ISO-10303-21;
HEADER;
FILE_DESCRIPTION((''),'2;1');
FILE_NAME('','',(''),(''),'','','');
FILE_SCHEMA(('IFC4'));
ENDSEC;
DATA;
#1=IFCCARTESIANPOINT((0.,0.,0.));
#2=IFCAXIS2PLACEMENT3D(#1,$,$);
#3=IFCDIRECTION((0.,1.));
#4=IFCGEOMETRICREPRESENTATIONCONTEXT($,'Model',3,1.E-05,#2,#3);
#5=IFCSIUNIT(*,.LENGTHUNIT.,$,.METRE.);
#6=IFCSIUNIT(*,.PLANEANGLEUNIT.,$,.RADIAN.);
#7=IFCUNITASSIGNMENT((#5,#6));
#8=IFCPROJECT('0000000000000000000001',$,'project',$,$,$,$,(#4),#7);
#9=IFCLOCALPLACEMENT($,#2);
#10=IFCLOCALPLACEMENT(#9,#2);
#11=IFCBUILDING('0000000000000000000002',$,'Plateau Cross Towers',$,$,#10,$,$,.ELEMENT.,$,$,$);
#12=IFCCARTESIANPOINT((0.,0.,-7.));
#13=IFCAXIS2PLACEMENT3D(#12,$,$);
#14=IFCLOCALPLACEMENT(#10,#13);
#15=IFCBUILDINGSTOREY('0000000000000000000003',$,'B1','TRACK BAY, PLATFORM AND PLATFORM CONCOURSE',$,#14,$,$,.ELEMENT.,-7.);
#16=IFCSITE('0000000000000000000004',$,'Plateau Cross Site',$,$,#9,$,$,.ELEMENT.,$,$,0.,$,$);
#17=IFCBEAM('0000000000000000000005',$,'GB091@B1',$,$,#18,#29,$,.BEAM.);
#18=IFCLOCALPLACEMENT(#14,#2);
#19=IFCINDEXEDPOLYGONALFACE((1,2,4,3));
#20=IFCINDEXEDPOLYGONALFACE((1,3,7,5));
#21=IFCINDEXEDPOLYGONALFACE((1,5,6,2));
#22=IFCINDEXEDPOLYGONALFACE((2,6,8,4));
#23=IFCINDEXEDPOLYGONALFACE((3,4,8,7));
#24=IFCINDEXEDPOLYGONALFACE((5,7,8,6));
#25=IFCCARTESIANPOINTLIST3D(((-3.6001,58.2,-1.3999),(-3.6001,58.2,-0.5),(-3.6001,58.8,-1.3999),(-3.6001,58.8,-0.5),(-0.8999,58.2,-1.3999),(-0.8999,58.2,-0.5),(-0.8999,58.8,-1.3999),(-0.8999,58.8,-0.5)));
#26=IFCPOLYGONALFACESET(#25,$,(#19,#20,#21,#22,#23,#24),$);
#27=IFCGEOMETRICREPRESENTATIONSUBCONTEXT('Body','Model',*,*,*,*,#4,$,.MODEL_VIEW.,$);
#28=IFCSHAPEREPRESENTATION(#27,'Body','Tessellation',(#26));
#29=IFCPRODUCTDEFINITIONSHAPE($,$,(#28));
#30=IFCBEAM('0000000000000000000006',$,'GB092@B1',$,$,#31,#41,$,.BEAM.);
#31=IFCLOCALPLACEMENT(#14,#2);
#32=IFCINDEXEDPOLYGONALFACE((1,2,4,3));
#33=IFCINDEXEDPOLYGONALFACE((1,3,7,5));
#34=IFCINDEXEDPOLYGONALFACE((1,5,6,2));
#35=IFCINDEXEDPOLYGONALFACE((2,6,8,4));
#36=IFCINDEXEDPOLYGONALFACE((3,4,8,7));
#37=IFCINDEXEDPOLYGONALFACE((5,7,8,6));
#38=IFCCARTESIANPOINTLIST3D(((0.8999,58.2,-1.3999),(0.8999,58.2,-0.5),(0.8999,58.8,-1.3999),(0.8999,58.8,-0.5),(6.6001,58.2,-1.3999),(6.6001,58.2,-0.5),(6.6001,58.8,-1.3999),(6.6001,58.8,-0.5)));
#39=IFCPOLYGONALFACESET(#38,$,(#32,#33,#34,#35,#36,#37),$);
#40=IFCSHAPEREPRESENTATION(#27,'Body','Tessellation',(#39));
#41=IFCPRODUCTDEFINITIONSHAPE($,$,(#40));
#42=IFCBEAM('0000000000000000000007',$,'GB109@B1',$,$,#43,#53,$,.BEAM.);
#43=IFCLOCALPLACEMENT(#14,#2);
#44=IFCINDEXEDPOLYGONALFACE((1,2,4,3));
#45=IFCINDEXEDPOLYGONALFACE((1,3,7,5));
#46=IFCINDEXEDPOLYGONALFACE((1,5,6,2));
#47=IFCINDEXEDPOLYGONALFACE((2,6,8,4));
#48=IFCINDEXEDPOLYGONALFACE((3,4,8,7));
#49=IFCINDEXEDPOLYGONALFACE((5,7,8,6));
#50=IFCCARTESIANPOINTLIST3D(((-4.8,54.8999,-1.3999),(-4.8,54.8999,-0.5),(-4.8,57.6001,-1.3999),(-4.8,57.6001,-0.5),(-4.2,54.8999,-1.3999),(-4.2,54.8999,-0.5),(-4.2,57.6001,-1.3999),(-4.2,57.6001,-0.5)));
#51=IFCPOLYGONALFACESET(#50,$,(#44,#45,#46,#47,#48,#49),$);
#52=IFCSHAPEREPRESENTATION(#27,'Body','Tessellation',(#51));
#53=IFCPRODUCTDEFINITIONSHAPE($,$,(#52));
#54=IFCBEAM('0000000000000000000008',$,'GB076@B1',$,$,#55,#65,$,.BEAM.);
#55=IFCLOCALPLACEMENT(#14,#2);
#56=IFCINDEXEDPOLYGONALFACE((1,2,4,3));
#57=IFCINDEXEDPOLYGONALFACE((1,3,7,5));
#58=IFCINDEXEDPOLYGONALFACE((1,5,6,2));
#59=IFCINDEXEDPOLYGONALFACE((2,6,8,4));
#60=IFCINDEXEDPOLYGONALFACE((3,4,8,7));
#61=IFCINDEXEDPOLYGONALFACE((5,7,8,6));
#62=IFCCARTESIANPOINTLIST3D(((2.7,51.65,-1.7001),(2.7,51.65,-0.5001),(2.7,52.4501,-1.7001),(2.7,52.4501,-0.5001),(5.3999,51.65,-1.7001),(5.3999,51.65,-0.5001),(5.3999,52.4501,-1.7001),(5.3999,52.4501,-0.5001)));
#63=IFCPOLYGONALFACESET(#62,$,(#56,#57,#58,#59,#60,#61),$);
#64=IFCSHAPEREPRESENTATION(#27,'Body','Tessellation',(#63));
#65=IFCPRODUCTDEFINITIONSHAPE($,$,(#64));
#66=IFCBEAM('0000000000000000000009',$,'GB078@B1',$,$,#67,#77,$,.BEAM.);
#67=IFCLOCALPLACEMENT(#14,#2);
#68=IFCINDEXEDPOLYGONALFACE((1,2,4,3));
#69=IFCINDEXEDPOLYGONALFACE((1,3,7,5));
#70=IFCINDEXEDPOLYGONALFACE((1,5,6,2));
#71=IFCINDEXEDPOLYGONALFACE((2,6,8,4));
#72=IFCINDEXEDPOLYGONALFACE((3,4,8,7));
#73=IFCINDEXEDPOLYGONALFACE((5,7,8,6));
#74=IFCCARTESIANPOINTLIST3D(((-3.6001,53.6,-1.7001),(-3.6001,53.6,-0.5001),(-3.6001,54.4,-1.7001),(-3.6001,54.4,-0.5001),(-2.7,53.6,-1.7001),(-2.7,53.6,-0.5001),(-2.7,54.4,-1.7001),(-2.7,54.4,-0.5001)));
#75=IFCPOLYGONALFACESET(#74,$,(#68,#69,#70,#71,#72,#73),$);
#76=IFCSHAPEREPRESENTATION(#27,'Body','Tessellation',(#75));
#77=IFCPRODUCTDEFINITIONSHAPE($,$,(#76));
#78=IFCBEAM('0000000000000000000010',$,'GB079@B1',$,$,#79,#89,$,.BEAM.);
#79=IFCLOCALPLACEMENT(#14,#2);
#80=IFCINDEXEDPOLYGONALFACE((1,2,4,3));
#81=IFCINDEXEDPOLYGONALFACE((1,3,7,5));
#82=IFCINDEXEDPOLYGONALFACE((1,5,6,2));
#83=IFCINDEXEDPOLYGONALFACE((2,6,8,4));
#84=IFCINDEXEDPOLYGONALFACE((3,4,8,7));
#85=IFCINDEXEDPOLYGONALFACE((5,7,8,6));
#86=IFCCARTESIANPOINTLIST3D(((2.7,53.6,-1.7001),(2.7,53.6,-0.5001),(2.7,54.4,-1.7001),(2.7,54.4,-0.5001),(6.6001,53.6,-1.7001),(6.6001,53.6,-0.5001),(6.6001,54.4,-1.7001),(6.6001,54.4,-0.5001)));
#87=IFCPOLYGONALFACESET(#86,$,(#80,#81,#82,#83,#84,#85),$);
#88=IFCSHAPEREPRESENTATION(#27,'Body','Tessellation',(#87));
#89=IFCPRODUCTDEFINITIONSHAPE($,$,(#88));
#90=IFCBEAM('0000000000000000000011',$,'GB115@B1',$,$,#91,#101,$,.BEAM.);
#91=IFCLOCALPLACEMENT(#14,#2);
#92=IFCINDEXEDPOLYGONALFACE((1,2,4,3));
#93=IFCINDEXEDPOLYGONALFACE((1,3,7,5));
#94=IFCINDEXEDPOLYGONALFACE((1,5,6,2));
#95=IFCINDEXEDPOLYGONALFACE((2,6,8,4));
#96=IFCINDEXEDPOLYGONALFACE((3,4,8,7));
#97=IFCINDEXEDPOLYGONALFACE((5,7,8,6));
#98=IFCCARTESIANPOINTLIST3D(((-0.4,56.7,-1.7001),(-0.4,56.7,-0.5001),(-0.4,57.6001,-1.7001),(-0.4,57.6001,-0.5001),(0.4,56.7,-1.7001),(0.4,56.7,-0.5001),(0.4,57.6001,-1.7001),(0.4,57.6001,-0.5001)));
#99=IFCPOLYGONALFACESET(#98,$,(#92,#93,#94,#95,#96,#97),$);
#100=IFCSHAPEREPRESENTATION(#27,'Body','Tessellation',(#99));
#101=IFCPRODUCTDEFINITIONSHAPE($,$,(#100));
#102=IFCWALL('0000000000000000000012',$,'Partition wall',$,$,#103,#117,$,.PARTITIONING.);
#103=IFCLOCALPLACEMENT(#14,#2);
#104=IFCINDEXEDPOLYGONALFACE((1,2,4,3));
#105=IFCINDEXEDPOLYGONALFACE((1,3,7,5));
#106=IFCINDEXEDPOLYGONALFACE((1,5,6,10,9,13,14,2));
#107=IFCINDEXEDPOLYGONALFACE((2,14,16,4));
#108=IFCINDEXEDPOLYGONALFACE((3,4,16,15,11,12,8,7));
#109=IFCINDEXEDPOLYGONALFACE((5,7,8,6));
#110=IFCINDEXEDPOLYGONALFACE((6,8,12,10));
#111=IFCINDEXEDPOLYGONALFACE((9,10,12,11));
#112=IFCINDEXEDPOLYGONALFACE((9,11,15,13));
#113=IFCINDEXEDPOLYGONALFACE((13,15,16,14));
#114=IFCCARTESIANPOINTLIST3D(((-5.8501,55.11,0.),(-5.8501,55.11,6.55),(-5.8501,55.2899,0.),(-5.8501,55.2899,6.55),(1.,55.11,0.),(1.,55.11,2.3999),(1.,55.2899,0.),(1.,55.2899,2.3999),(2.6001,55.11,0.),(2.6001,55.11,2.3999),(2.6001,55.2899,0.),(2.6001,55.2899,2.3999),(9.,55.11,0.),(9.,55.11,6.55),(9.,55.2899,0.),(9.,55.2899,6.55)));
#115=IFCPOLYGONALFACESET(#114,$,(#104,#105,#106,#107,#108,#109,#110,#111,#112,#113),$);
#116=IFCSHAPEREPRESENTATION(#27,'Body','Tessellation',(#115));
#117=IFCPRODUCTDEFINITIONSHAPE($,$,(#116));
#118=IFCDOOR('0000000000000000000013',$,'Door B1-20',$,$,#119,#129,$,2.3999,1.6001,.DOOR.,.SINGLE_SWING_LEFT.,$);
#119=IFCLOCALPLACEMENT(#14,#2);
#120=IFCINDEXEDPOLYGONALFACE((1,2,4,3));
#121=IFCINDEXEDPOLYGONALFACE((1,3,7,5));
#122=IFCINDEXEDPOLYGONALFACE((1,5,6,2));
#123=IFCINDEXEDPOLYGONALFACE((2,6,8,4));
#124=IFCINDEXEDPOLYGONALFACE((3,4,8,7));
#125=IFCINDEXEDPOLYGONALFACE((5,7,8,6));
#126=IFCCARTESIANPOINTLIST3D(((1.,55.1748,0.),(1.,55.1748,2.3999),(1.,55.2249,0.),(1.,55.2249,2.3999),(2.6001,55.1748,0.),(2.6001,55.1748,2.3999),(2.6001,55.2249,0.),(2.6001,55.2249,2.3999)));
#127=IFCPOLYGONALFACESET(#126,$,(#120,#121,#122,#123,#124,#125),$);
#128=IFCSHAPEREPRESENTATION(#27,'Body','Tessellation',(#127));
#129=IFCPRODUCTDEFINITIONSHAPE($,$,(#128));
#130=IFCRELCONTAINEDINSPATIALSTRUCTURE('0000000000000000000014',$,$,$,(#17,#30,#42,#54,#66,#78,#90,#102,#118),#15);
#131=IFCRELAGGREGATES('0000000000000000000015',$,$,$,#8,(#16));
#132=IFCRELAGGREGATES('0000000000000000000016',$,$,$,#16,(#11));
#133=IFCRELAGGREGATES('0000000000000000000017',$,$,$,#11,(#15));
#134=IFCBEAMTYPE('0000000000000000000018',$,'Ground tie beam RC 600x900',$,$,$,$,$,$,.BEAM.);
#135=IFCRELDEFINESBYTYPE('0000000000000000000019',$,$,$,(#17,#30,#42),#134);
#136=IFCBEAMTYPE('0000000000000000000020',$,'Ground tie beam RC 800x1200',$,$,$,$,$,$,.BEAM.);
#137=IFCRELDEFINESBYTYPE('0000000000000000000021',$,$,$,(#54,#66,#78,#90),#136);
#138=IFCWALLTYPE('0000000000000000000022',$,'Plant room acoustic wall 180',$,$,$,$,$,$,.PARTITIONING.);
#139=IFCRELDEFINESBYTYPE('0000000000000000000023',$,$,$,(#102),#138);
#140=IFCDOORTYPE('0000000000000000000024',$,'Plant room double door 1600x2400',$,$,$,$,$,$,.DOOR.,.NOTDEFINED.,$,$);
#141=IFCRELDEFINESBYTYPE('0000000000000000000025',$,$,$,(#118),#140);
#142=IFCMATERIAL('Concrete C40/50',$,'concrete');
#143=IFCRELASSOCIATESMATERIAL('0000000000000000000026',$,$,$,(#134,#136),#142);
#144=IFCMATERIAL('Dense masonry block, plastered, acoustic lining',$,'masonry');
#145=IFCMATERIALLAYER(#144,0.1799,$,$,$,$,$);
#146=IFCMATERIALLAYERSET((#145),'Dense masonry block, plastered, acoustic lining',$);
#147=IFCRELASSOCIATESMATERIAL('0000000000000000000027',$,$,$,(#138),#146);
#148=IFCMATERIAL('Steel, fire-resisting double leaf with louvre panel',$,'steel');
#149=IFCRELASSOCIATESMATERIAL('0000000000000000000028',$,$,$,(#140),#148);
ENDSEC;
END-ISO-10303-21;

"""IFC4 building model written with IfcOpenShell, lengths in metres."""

from ifc_helpers import new_model, si_unit, direction, frame, frame_2d, origin, origin_2d, place, context, subcontext, project, spatial, rectangle, extrude, material, layer, layer_set, material_profile, profile_set, type_object, element, fill, save


model = new_model("IFC4")

# Units and contexts
model_context = context("Model", 3, precision=1e-05, world=origin(), true_north=direction((0.0, 1.0)))
body_context = subcontext(model_context, "Body", "Model", "MODEL_VIEW")
ifc_project = project(units=[si_unit("LENGTHUNIT", "METRE"), si_unit("PLANEANGLEUNIT", "RADIAN")], contexts=[model_context])

# Site, building, storey
site_placement = place(None, origin())
site = spatial("IfcSite", under=ifc_project, at=site_placement, Name="Plateau Cross Site", CompositionType="ELEMENT", RefElevation=0.0)
building_placement = place(site_placement, origin())
building = spatial("IfcBuilding", under=site, at=building_placement, Name="Plateau Cross Towers", CompositionType="ELEMENT")
storey_placement = place(building_placement, frame((0.0, 0.0, -7.0)))
storey = spatial("IfcBuildingStorey", under=building, at=storey_placement, Name="B1", Description="TRACK BAY, PLATFORM AND PLATFORM CONCOURSE", CompositionType="ELEMENT", Elevation=-7.0)

# Shared definitions
ifc_material_1 = material(Name="Concrete C40/50", Category="concrete")

# Beams
ifc_material_profile_1 = material_profile(ifc_material_1, rectangle(XDim=0.6001, YDim=0.8999, at=origin_2d()), Name="RC 600x900")
ifc_profile_set_1 = profile_set([ifc_material_profile_1], Name="Concrete C40/50")
beam_type_1 = type_object("IfcBeamType", Name="Ground tie beam RC 600x900", PredefinedType="BEAM", material=ifc_profile_set_1)
beam_1_placement = place(storey_placement, frame((-3.6001, 58.5, -0.95), z_axis=(1.0, 0.0, 0.0), x_axis=(0.0, 1.0, 0.0)))
element("IfcBeam", 1, at=beam_1_placement, inside=storey, type_object=beam_type_1, Name="GB091@B1", PredefinedType="BEAM", context=body_context, shape_type="SweptSolid", body=[
    extrude(rectangle(XDim=0.6001, YDim=0.8999, at=origin_2d()), origin(), (0.0, 0.0, 1.0), 2.7002),
])
beam_2_placement = place(storey_placement, frame((0.8999, 58.5, -0.95), z_axis=(1.0, 0.0, 0.0), x_axis=(0.0, 1.0, 0.0)))
element("IfcBeam", 2, at=beam_2_placement, inside=storey, type_object=beam_type_1, Name="GB092@B1", PredefinedType="BEAM", context=body_context, shape_type="SweptSolid", body=[
    extrude(rectangle(XDim=0.6001, YDim=0.8999, at=origin_2d()), origin(), (0.0, 0.0, 1.0), 5.7002),
])
beam_3_placement = place(storey_placement, frame((-4.5, 54.8999, -0.95), z_axis=(0.0, 1.0, 0.0), x_axis=(-1.0, 0.0, 0.0)))
element("IfcBeam", 3, at=beam_3_placement, inside=storey, type_object=beam_type_1, Name="GB109@B1", PredefinedType="BEAM", context=body_context, shape_type="SweptSolid", body=[
    extrude(rectangle(XDim=0.6001, YDim=0.8999, at=origin_2d()), origin(), (0.0, 0.0, 1.0), 2.7002),
])
ifc_material_profile_2 = material_profile(ifc_material_1, rectangle(XDim=0.8, YDim=1.2, at=origin_2d()), Name="RC 800x1200")
ifc_profile_set_2 = profile_set([ifc_material_profile_2], Name="Concrete C40/50")
beam_type_2 = type_object("IfcBeamType", Name="Ground tie beam RC 800x1200", PredefinedType="BEAM", material=ifc_profile_set_2)
beam_4_placement = place(storey_placement, frame((2.7, 52.05, -1.1001), z_axis=(1.0, 0.0, 0.0), x_axis=(0.0, 1.0, 0.0)))
element("IfcBeam", 4, at=beam_4_placement, inside=storey, type_object=beam_type_2, Name="GB076@B1", PredefinedType="BEAM", context=body_context, shape_type="SweptSolid", body=[
    extrude(rectangle(XDim=0.8, YDim=1.2, at=origin_2d()), origin(), (0.0, 0.0, 1.0), 2.7),
])
beam_5_placement = place(storey_placement, frame((-3.6001, 54.0, -1.1001), z_axis=(1.0, 0.0, 0.0), x_axis=(0.0, 1.0, 0.0)))
element("IfcBeam", 5, at=beam_5_placement, inside=storey, type_object=beam_type_2, Name="GB078@B1", PredefinedType="BEAM", context=body_context, shape_type="SweptSolid", body=[
    extrude(rectangle(XDim=0.8, YDim=1.2, at=origin_2d()), origin(), (0.0, 0.0, 1.0), 0.9001),
])
beam_6_placement = place(storey_placement, frame((2.7, 54.0, -1.1001), z_axis=(1.0, 0.0, 0.0), x_axis=(0.0, 1.0, 0.0)))
element("IfcBeam", 6, at=beam_6_placement, inside=storey, type_object=beam_type_2, Name="GB079@B1", PredefinedType="BEAM", context=body_context, shape_type="SweptSolid", body=[
    extrude(rectangle(XDim=0.8, YDim=1.2, at=origin_2d()), origin(), (0.0, 0.0, 1.0), 3.9001),
])
beam_7_placement = place(storey_placement, frame((0.0, 56.7, -1.1001), z_axis=(0.0, 1.0, 0.0), x_axis=(-1.0, 0.0, 0.0)))
element("IfcBeam", 7, at=beam_7_placement, inside=storey, type_object=beam_type_2, Name="GB115@B1", PredefinedType="BEAM", context=body_context, shape_type="SweptSolid", body=[
    extrude(rectangle(XDim=0.8, YDim=1.2, at=origin_2d()), origin(), (0.0, 0.0, 1.0), 0.9001),
])

# Wall, opening, door
ifc_material_2 = material(Name="Dense masonry block, plastered, acoustic lining", Category="masonry")
ifc_layer = layer(ifc_material_2, 0.1799)
ifc_layer_set = layer_set([ifc_layer], Name="Dense masonry block, plastered, acoustic lining")
wall_type = type_object("IfcWallType", Name="Plant room acoustic wall 180", PredefinedType="PARTITIONING", material=ifc_layer_set)
wall_placement = place(storey_placement, frame((-5.8501, 55.2, 0.0), z_axis=(0.0, 0.0, 1.0), x_axis=(1.0, 0.0, 0.0)))
wall = element("IfcWall", 8, at=wall_placement, inside=storey, type_object=wall_type, Name="Partition wall", PredefinedType="PARTITIONING", context=body_context, shape_type="SweptSolid", body=[
    extrude(rectangle(XDim=14.8501, YDim=0.1799, at=frame_2d((7.425, 0.0))), origin(), (0.0, 0.0, 1.0), 6.55),
])
opening_placement = place(wall_placement, frame((6.8501, 0.0, 0.0)))
opening = element("IfcOpeningElement", 9, at=opening_placement, cuts=wall, PredefinedType="OPENING", context=body_context, shape_type="SweptSolid", body=[
    extrude(rectangle(XDim=1.6001, YDim=2.3999, at=frame_2d((0.8, 1.2))), frame((0.0, 0.0999, 0.0), z_axis=(0.0, -1.0, 0.0), x_axis=(1.0, 0.0, 0.0)), (0.0, 0.0, 1.0), 0.2),
])
ifc_material_3 = material(Name="Steel, fire-resisting double leaf with louvre panel", Category="steel")
door_type = type_object("IfcDoorType", Name="Plant room double door 1600x2400", OperationType="NOTDEFINED", PredefinedType="DOOR", material=ifc_material_3)
door_placement = place(opening_placement, origin())
door = element("IfcDoor", 10, at=door_placement, inside=storey, type_object=door_type, Name="Door B1-20", OperationType="SINGLE_SWING_LEFT", OverallHeight=2.3999, OverallWidth=1.6001, PredefinedType="DOOR", context=body_context, shape_type="SweptSolid", body=[
    extrude(rectangle(XDim=1.6001, YDim=2.3999, at=frame_2d((0.8, 1.2))), frame((0.0, 0.0249, 0.0), z_axis=(0.0, -1.0, 0.0), x_axis=(1.0, 0.0, 0.0)), (0.0, 0.0, 1.0), 0.05),
])
fill(opening, door)

save(model, "model.ifc")
